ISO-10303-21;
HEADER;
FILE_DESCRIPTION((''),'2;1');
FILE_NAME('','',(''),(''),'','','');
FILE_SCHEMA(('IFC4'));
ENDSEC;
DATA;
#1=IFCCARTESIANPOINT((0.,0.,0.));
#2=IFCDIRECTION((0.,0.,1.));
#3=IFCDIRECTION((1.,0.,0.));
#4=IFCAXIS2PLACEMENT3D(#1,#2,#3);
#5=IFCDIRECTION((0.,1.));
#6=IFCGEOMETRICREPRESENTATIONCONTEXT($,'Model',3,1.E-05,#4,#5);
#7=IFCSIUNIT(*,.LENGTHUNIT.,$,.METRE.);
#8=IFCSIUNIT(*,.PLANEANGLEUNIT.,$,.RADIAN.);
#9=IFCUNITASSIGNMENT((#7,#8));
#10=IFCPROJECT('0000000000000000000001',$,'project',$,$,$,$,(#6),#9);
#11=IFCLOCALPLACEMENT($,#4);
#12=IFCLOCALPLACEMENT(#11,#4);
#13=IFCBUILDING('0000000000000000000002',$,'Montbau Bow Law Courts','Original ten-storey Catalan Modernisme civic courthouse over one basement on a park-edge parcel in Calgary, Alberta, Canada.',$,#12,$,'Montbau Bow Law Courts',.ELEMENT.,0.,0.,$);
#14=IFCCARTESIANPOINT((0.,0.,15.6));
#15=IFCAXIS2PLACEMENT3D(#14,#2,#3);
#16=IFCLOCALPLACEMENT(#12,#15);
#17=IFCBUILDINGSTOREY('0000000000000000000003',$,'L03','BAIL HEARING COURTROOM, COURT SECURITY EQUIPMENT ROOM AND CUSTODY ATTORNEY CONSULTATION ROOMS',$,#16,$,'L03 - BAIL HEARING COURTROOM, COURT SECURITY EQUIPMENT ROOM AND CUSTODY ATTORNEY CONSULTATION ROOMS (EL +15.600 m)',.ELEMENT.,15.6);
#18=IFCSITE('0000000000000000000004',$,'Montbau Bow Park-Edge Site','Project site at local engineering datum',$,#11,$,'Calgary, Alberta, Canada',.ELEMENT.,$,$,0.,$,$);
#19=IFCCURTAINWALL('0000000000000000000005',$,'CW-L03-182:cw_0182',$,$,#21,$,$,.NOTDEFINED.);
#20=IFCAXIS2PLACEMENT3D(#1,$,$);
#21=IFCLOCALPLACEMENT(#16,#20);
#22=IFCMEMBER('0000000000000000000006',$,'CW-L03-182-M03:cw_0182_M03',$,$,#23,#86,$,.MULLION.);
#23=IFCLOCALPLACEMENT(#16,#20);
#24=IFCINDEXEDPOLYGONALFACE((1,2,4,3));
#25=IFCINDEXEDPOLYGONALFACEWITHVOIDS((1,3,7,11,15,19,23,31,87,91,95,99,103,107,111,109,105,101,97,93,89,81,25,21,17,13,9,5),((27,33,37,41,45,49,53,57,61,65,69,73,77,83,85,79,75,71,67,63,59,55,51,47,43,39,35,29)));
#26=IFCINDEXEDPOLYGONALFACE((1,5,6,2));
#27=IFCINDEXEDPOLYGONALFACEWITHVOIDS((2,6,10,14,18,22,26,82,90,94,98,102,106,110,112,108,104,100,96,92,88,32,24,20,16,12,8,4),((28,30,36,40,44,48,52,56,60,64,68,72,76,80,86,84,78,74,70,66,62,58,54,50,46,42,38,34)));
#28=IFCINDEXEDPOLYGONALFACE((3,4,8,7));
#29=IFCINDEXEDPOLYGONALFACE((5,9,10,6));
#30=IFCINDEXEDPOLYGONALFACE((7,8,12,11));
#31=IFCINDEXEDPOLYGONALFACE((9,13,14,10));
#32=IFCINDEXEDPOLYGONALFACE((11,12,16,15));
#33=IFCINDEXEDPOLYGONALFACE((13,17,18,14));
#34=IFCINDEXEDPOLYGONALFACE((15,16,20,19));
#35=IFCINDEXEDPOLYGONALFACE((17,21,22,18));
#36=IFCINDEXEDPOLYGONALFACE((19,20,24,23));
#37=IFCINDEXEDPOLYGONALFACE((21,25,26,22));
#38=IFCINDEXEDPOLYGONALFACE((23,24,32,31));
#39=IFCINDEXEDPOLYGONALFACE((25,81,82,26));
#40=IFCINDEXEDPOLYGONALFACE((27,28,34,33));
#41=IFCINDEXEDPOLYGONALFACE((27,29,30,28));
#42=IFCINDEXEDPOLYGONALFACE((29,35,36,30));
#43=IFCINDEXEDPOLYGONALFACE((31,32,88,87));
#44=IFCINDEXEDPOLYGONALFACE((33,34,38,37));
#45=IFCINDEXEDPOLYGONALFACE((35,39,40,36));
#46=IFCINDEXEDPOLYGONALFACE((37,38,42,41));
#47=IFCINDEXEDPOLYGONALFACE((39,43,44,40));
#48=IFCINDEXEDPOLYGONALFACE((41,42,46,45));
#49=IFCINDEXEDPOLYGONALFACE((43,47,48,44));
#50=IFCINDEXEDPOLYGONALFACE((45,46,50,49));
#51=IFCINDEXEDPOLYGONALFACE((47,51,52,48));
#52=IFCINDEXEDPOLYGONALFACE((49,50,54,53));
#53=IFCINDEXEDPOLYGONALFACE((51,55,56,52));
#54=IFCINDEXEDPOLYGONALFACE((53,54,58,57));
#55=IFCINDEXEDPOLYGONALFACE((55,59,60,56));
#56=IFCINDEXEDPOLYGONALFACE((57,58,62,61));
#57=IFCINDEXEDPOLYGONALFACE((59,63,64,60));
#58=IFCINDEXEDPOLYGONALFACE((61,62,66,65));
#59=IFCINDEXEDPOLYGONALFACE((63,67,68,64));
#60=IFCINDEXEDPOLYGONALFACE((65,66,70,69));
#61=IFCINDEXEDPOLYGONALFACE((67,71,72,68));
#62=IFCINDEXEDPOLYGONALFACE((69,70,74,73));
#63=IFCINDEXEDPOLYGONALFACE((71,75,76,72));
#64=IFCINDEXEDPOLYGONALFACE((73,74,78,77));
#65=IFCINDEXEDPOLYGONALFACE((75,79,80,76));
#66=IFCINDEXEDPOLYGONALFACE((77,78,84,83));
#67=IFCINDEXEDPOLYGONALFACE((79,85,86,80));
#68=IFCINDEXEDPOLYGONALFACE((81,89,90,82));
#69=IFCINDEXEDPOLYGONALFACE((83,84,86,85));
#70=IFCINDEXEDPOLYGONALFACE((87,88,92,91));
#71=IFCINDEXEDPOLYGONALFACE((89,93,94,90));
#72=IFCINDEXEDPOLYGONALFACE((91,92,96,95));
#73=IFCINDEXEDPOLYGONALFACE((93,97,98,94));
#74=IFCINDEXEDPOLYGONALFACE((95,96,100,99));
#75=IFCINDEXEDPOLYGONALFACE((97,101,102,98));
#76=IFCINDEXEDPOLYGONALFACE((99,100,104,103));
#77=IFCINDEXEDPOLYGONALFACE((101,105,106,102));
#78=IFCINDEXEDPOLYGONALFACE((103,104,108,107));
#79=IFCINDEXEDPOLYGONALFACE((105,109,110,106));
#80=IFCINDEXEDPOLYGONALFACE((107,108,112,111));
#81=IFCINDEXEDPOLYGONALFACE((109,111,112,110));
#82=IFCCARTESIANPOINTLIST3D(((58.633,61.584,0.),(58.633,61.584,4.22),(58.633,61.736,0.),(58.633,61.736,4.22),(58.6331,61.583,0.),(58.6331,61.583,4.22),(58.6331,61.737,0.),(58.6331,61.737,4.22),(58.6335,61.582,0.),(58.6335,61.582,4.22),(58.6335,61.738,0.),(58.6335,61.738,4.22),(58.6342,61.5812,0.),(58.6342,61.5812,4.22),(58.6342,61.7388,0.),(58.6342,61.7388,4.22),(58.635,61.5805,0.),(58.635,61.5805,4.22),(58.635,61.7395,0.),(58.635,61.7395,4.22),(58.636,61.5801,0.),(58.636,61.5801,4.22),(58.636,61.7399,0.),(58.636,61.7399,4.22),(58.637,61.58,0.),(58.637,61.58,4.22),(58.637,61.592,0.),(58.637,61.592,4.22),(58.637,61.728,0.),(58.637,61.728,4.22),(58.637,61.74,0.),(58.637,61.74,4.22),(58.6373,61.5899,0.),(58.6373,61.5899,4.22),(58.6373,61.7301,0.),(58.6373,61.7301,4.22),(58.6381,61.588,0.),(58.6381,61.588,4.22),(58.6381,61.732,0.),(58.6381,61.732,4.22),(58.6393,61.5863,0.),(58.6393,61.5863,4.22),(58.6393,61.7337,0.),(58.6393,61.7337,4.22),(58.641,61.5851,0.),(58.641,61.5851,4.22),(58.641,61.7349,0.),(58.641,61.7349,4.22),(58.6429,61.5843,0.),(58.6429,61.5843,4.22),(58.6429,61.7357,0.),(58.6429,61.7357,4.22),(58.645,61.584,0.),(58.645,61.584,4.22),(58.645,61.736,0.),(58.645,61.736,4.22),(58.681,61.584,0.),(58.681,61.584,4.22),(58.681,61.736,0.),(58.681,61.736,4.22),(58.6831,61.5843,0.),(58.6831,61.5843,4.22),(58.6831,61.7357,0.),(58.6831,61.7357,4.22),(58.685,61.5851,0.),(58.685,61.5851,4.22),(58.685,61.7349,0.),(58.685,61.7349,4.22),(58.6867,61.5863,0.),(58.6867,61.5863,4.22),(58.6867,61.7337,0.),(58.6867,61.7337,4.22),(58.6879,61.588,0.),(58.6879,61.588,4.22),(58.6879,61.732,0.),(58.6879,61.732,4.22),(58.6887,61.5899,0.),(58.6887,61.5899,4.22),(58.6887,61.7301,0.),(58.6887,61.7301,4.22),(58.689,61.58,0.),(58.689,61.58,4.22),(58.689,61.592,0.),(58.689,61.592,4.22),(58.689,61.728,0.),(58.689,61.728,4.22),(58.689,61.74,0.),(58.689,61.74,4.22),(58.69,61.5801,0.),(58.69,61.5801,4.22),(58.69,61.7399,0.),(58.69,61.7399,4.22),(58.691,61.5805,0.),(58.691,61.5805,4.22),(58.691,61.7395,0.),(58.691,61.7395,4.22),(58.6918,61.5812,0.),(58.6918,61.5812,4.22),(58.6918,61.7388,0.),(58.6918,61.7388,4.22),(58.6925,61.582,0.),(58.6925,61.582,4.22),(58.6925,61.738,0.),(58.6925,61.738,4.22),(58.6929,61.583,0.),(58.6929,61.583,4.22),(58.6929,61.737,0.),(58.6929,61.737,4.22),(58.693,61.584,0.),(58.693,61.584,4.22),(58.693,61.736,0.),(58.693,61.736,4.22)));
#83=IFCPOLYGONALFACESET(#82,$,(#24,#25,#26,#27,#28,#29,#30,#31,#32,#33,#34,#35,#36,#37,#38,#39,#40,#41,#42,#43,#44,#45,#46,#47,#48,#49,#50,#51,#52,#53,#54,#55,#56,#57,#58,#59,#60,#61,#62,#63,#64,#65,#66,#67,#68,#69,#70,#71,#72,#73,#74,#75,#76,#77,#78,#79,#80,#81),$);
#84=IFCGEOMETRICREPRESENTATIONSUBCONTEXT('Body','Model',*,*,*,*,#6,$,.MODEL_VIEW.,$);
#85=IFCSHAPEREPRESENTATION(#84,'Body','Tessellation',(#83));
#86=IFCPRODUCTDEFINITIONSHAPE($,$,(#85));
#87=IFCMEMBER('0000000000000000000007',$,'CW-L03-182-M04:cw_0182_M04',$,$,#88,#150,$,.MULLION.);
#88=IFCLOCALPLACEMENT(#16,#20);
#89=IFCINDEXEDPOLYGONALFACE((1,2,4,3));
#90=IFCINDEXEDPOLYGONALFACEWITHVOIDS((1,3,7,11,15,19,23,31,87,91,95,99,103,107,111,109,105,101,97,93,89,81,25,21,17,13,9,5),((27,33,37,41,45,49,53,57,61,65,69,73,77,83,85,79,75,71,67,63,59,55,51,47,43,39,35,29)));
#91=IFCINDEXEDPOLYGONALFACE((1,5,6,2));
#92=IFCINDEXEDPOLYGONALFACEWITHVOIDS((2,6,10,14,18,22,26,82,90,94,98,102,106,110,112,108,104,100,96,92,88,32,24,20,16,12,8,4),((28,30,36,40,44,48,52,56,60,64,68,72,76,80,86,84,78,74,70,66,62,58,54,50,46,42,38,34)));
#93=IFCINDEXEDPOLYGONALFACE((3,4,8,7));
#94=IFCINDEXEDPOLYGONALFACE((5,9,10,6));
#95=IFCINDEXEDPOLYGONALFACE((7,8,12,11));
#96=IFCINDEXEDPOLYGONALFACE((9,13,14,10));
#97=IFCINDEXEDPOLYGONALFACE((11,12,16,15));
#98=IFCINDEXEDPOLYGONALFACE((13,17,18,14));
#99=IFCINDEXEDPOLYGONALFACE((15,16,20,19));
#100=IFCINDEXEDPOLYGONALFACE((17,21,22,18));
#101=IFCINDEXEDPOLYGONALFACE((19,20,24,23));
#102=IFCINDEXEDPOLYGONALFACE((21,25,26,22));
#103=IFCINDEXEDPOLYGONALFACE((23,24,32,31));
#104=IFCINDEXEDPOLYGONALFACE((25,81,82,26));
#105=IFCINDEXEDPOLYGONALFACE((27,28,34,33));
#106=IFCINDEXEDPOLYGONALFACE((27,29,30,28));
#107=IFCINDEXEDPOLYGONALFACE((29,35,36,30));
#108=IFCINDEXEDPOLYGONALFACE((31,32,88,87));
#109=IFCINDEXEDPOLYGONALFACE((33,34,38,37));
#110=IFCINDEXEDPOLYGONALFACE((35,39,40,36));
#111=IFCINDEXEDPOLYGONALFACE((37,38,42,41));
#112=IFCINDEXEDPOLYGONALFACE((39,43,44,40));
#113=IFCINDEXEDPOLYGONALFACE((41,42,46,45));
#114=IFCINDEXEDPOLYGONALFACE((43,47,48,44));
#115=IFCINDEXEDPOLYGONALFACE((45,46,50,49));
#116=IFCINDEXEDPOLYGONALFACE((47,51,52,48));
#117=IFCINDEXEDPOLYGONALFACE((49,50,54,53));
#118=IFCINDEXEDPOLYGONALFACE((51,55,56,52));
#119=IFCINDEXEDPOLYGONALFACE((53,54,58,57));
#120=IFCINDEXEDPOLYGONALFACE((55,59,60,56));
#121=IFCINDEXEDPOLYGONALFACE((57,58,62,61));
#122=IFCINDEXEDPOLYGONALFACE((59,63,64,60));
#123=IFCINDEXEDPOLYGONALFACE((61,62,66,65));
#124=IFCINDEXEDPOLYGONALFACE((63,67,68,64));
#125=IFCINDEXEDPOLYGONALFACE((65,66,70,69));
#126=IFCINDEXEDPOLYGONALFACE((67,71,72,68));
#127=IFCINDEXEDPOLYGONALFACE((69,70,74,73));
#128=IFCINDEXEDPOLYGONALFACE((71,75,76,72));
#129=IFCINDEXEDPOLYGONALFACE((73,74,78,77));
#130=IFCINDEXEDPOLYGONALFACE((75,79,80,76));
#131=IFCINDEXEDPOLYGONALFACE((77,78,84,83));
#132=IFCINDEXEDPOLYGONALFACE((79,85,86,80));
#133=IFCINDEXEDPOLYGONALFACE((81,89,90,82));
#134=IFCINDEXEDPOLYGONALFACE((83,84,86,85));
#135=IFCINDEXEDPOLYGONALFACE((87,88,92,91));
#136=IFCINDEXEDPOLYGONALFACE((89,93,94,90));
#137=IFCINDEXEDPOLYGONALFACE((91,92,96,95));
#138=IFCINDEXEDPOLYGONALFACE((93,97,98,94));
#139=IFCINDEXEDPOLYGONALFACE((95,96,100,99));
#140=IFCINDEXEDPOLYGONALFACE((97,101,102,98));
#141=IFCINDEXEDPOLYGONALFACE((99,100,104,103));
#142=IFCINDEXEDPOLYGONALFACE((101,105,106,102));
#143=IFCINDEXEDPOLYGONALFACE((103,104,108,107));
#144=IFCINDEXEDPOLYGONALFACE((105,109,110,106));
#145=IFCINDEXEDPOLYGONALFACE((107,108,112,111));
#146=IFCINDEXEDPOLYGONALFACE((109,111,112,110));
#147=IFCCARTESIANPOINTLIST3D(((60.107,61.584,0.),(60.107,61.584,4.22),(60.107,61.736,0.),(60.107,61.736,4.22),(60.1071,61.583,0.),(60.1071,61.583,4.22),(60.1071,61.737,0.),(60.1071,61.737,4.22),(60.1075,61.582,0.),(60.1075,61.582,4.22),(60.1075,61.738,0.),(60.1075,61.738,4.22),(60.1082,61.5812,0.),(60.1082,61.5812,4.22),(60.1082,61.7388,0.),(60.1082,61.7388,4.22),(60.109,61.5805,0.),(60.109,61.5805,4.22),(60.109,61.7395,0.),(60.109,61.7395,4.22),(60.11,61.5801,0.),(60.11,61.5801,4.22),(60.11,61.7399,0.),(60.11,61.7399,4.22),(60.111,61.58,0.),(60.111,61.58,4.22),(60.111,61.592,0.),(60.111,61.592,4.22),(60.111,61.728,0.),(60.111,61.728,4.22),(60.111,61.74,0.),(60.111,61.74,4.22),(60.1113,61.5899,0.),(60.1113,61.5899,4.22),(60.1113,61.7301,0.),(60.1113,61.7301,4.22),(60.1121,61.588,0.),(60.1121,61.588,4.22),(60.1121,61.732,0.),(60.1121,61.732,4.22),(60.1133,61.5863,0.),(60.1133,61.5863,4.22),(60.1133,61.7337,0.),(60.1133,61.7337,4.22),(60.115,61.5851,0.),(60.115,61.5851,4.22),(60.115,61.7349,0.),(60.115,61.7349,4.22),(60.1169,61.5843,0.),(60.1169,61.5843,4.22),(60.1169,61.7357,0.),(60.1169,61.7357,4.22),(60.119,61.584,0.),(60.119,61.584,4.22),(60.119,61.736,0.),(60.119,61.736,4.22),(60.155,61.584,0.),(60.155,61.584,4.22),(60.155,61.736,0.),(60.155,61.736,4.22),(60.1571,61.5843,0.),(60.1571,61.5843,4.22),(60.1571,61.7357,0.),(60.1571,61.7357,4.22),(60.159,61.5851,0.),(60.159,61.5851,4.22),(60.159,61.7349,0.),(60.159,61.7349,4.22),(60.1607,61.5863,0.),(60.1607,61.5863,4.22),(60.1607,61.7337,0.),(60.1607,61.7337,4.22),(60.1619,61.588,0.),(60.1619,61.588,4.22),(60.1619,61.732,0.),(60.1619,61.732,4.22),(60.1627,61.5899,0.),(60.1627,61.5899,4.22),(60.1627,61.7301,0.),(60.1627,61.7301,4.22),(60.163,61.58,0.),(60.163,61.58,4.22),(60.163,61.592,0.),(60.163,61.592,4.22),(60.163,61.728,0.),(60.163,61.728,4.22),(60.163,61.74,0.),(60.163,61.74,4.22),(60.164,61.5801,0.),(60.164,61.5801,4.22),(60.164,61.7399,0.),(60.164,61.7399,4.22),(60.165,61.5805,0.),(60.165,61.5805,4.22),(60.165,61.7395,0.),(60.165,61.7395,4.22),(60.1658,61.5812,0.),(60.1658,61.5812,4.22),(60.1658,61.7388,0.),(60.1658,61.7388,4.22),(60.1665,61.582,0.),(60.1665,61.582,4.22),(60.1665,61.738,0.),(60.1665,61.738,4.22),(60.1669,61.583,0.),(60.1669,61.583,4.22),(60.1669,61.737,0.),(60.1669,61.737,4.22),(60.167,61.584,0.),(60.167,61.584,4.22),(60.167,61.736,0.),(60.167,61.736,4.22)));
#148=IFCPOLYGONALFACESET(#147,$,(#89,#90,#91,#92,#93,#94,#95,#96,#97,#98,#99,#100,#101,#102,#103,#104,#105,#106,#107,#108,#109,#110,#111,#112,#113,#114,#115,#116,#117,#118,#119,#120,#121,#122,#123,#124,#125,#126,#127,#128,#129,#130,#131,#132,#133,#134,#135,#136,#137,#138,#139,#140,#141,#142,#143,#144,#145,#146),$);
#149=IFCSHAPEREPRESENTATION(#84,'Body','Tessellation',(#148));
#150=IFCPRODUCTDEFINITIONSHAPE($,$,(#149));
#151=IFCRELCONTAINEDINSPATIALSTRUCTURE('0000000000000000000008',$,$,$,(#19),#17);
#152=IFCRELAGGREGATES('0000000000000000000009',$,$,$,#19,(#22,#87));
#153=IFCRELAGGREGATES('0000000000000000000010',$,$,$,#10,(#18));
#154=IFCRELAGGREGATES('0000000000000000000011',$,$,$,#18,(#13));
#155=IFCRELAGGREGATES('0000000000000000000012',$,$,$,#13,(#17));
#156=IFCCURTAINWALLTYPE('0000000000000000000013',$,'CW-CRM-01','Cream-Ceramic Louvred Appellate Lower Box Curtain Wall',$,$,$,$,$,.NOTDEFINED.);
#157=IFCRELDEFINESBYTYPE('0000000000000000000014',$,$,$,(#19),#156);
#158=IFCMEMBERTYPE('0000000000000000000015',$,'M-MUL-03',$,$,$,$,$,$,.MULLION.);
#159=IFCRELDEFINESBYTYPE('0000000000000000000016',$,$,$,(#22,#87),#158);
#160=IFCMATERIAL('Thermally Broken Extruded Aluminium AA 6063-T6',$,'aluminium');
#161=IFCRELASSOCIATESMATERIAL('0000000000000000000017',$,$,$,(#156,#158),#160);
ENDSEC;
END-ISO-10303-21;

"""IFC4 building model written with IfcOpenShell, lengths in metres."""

from ifc_helpers import new_model, si_unit, direction, frame, origin_with_axes, origin_2d_with_axis, place, context, subcontext, project, spatial, hollow_rectangle, extrude, material, material_profile, profile_set, type_object, element, aggregate, save


model = new_model("IFC4")

# Units and contexts
model_context = context("Model", 3, precision=1e-05, world=origin_with_axes(), true_north=direction((0.0, 1.0)))
body_context = subcontext(model_context, "Body", "Model", "MODEL_VIEW")
ifc_project = project(units=[si_unit("LENGTHUNIT", "METRE"), si_unit("PLANEANGLEUNIT", "RADIAN")], contexts=[model_context])

# Site, building, storey
site_placement = place(None, origin_with_axes())
site = spatial("IfcSite", under=ifc_project, at=site_placement, Name="Montbau Bow Park-Edge Site", Description="Project site at local engineering datum", LongName="Calgary, Alberta, Canada", CompositionType="ELEMENT", RefElevation=0.0)
building_placement = place(site_placement, origin_with_axes())
building = spatial("IfcBuilding", under=site, at=building_placement, Name="Montbau Bow Law Courts", Description="Original ten-storey Catalan Modernisme civic courthouse over one basement on a park-edge parcel in Calgary, Alberta, Canada.", LongName="Montbau Bow Law Courts", CompositionType="ELEMENT", ElevationOfRefHeight=0.0, ElevationOfTerrain=0.0)
storey_placement = place(building_placement, frame((0.0, 0.0, 15.6), z_axis=(0.0, 0.0, 1.0), x_axis=(1.0, 0.0, 0.0)))
storey = spatial("IfcBuildingStorey", under=building, at=storey_placement, Name="L03", Description="BAIL HEARING COURTROOM, COURT SECURITY EQUIPMENT ROOM AND CUSTODY ATTORNEY CONSULTATION ROOMS", LongName="L03 - BAIL HEARING COURTROOM, COURT SECURITY EQUIPMENT ROOM AND CUSTODY ATTORNEY CONSULTATION ROOMS (EL +15.600 m)", CompositionType="ELEMENT", Elevation=15.6)

# Curtain wall, members
ifc_material_1 = material(Name="Thermally Broken Extruded Aluminium AA 6063-T6", Category="aluminium")
curtain_wall_type = type_object("IfcCurtainWallType", Name="CW-CRM-01", Description="Cream-Ceramic Louvred Appellate Lower Box Curtain Wall", PredefinedType="NOTDEFINED", material=ifc_material_1)
curtain_wall_1_placement = place(None, frame((55.715, 61.66, 15.6), z_axis=(0.0, 0.0, 1.0), x_axis=(1.0, 0.0, 0.0)))
curtain_wall_1 = element("IfcCurtainWall", 1, at=curtain_wall_1_placement, inside=storey, type_object=curtain_wall_type, Name="CW-L03-182:cw_0182", PredefinedType="NOTDEFINED")
ifc_material_profile_1 = material_profile(ifc_material_1, hollow_rectangle(XDim=0.06, YDim=0.16, WallThickness=0.004, InnerFilletRadius=0.008, OuterFilletRadius=0.004, at=origin_2d_with_axis()), Name="CWM-160X60", Category="Main", Priority=0)
ifc_profile_set_1 = profile_set([ifc_material_profile_1], Name="Thermally Broken Extruded Aluminium AA 6063-T6")
member_type_1 = type_object("IfcMemberType", Name="M-MUL-03", PredefinedType="MULLION", material=ifc_profile_set_1)
member_1_placement = place(None, frame((58.663, 61.66, 15.6), z_axis=(0.0, 0.0, 1.0), x_axis=(1.0, 0.0, 0.0)))
member_1 = element("IfcMember", 2, at=member_1_placement, type_object=member_type_1, Name="CW-L03-182-M03:cw_0182_M03", PredefinedType="MULLION", context=body_context, shape_type="SweptSolid", body=[
    extrude(hollow_rectangle(XDim=0.06, YDim=0.16, WallThickness=0.004, InnerFilletRadius=0.008, OuterFilletRadius=0.004, at=origin_2d_with_axis()), origin_with_axes(), (0.0, 0.0, 1.0), 4.22),
])
member_2_placement = place(None, frame((60.137, 61.66, 15.6), z_axis=(0.0, 0.0, 1.0), x_axis=(1.0, 0.0, 0.0)))
member_2 = element("IfcMember", 3, at=member_2_placement, type_object=member_type_1, Name="CW-L03-182-M04:cw_0182_M04", PredefinedType="MULLION", context=body_context, shape_type="SweptSolid", body=[
    extrude(hollow_rectangle(XDim=0.06, YDim=0.16, WallThickness=0.004, InnerFilletRadius=0.008, OuterFilletRadius=0.004, at=origin_2d_with_axis()), origin_with_axes(), (0.0, 0.0, 1.0), 4.22),
])

aggregate(curtain_wall_1, [member_1, member_2])

save(model, "model.ifc")
